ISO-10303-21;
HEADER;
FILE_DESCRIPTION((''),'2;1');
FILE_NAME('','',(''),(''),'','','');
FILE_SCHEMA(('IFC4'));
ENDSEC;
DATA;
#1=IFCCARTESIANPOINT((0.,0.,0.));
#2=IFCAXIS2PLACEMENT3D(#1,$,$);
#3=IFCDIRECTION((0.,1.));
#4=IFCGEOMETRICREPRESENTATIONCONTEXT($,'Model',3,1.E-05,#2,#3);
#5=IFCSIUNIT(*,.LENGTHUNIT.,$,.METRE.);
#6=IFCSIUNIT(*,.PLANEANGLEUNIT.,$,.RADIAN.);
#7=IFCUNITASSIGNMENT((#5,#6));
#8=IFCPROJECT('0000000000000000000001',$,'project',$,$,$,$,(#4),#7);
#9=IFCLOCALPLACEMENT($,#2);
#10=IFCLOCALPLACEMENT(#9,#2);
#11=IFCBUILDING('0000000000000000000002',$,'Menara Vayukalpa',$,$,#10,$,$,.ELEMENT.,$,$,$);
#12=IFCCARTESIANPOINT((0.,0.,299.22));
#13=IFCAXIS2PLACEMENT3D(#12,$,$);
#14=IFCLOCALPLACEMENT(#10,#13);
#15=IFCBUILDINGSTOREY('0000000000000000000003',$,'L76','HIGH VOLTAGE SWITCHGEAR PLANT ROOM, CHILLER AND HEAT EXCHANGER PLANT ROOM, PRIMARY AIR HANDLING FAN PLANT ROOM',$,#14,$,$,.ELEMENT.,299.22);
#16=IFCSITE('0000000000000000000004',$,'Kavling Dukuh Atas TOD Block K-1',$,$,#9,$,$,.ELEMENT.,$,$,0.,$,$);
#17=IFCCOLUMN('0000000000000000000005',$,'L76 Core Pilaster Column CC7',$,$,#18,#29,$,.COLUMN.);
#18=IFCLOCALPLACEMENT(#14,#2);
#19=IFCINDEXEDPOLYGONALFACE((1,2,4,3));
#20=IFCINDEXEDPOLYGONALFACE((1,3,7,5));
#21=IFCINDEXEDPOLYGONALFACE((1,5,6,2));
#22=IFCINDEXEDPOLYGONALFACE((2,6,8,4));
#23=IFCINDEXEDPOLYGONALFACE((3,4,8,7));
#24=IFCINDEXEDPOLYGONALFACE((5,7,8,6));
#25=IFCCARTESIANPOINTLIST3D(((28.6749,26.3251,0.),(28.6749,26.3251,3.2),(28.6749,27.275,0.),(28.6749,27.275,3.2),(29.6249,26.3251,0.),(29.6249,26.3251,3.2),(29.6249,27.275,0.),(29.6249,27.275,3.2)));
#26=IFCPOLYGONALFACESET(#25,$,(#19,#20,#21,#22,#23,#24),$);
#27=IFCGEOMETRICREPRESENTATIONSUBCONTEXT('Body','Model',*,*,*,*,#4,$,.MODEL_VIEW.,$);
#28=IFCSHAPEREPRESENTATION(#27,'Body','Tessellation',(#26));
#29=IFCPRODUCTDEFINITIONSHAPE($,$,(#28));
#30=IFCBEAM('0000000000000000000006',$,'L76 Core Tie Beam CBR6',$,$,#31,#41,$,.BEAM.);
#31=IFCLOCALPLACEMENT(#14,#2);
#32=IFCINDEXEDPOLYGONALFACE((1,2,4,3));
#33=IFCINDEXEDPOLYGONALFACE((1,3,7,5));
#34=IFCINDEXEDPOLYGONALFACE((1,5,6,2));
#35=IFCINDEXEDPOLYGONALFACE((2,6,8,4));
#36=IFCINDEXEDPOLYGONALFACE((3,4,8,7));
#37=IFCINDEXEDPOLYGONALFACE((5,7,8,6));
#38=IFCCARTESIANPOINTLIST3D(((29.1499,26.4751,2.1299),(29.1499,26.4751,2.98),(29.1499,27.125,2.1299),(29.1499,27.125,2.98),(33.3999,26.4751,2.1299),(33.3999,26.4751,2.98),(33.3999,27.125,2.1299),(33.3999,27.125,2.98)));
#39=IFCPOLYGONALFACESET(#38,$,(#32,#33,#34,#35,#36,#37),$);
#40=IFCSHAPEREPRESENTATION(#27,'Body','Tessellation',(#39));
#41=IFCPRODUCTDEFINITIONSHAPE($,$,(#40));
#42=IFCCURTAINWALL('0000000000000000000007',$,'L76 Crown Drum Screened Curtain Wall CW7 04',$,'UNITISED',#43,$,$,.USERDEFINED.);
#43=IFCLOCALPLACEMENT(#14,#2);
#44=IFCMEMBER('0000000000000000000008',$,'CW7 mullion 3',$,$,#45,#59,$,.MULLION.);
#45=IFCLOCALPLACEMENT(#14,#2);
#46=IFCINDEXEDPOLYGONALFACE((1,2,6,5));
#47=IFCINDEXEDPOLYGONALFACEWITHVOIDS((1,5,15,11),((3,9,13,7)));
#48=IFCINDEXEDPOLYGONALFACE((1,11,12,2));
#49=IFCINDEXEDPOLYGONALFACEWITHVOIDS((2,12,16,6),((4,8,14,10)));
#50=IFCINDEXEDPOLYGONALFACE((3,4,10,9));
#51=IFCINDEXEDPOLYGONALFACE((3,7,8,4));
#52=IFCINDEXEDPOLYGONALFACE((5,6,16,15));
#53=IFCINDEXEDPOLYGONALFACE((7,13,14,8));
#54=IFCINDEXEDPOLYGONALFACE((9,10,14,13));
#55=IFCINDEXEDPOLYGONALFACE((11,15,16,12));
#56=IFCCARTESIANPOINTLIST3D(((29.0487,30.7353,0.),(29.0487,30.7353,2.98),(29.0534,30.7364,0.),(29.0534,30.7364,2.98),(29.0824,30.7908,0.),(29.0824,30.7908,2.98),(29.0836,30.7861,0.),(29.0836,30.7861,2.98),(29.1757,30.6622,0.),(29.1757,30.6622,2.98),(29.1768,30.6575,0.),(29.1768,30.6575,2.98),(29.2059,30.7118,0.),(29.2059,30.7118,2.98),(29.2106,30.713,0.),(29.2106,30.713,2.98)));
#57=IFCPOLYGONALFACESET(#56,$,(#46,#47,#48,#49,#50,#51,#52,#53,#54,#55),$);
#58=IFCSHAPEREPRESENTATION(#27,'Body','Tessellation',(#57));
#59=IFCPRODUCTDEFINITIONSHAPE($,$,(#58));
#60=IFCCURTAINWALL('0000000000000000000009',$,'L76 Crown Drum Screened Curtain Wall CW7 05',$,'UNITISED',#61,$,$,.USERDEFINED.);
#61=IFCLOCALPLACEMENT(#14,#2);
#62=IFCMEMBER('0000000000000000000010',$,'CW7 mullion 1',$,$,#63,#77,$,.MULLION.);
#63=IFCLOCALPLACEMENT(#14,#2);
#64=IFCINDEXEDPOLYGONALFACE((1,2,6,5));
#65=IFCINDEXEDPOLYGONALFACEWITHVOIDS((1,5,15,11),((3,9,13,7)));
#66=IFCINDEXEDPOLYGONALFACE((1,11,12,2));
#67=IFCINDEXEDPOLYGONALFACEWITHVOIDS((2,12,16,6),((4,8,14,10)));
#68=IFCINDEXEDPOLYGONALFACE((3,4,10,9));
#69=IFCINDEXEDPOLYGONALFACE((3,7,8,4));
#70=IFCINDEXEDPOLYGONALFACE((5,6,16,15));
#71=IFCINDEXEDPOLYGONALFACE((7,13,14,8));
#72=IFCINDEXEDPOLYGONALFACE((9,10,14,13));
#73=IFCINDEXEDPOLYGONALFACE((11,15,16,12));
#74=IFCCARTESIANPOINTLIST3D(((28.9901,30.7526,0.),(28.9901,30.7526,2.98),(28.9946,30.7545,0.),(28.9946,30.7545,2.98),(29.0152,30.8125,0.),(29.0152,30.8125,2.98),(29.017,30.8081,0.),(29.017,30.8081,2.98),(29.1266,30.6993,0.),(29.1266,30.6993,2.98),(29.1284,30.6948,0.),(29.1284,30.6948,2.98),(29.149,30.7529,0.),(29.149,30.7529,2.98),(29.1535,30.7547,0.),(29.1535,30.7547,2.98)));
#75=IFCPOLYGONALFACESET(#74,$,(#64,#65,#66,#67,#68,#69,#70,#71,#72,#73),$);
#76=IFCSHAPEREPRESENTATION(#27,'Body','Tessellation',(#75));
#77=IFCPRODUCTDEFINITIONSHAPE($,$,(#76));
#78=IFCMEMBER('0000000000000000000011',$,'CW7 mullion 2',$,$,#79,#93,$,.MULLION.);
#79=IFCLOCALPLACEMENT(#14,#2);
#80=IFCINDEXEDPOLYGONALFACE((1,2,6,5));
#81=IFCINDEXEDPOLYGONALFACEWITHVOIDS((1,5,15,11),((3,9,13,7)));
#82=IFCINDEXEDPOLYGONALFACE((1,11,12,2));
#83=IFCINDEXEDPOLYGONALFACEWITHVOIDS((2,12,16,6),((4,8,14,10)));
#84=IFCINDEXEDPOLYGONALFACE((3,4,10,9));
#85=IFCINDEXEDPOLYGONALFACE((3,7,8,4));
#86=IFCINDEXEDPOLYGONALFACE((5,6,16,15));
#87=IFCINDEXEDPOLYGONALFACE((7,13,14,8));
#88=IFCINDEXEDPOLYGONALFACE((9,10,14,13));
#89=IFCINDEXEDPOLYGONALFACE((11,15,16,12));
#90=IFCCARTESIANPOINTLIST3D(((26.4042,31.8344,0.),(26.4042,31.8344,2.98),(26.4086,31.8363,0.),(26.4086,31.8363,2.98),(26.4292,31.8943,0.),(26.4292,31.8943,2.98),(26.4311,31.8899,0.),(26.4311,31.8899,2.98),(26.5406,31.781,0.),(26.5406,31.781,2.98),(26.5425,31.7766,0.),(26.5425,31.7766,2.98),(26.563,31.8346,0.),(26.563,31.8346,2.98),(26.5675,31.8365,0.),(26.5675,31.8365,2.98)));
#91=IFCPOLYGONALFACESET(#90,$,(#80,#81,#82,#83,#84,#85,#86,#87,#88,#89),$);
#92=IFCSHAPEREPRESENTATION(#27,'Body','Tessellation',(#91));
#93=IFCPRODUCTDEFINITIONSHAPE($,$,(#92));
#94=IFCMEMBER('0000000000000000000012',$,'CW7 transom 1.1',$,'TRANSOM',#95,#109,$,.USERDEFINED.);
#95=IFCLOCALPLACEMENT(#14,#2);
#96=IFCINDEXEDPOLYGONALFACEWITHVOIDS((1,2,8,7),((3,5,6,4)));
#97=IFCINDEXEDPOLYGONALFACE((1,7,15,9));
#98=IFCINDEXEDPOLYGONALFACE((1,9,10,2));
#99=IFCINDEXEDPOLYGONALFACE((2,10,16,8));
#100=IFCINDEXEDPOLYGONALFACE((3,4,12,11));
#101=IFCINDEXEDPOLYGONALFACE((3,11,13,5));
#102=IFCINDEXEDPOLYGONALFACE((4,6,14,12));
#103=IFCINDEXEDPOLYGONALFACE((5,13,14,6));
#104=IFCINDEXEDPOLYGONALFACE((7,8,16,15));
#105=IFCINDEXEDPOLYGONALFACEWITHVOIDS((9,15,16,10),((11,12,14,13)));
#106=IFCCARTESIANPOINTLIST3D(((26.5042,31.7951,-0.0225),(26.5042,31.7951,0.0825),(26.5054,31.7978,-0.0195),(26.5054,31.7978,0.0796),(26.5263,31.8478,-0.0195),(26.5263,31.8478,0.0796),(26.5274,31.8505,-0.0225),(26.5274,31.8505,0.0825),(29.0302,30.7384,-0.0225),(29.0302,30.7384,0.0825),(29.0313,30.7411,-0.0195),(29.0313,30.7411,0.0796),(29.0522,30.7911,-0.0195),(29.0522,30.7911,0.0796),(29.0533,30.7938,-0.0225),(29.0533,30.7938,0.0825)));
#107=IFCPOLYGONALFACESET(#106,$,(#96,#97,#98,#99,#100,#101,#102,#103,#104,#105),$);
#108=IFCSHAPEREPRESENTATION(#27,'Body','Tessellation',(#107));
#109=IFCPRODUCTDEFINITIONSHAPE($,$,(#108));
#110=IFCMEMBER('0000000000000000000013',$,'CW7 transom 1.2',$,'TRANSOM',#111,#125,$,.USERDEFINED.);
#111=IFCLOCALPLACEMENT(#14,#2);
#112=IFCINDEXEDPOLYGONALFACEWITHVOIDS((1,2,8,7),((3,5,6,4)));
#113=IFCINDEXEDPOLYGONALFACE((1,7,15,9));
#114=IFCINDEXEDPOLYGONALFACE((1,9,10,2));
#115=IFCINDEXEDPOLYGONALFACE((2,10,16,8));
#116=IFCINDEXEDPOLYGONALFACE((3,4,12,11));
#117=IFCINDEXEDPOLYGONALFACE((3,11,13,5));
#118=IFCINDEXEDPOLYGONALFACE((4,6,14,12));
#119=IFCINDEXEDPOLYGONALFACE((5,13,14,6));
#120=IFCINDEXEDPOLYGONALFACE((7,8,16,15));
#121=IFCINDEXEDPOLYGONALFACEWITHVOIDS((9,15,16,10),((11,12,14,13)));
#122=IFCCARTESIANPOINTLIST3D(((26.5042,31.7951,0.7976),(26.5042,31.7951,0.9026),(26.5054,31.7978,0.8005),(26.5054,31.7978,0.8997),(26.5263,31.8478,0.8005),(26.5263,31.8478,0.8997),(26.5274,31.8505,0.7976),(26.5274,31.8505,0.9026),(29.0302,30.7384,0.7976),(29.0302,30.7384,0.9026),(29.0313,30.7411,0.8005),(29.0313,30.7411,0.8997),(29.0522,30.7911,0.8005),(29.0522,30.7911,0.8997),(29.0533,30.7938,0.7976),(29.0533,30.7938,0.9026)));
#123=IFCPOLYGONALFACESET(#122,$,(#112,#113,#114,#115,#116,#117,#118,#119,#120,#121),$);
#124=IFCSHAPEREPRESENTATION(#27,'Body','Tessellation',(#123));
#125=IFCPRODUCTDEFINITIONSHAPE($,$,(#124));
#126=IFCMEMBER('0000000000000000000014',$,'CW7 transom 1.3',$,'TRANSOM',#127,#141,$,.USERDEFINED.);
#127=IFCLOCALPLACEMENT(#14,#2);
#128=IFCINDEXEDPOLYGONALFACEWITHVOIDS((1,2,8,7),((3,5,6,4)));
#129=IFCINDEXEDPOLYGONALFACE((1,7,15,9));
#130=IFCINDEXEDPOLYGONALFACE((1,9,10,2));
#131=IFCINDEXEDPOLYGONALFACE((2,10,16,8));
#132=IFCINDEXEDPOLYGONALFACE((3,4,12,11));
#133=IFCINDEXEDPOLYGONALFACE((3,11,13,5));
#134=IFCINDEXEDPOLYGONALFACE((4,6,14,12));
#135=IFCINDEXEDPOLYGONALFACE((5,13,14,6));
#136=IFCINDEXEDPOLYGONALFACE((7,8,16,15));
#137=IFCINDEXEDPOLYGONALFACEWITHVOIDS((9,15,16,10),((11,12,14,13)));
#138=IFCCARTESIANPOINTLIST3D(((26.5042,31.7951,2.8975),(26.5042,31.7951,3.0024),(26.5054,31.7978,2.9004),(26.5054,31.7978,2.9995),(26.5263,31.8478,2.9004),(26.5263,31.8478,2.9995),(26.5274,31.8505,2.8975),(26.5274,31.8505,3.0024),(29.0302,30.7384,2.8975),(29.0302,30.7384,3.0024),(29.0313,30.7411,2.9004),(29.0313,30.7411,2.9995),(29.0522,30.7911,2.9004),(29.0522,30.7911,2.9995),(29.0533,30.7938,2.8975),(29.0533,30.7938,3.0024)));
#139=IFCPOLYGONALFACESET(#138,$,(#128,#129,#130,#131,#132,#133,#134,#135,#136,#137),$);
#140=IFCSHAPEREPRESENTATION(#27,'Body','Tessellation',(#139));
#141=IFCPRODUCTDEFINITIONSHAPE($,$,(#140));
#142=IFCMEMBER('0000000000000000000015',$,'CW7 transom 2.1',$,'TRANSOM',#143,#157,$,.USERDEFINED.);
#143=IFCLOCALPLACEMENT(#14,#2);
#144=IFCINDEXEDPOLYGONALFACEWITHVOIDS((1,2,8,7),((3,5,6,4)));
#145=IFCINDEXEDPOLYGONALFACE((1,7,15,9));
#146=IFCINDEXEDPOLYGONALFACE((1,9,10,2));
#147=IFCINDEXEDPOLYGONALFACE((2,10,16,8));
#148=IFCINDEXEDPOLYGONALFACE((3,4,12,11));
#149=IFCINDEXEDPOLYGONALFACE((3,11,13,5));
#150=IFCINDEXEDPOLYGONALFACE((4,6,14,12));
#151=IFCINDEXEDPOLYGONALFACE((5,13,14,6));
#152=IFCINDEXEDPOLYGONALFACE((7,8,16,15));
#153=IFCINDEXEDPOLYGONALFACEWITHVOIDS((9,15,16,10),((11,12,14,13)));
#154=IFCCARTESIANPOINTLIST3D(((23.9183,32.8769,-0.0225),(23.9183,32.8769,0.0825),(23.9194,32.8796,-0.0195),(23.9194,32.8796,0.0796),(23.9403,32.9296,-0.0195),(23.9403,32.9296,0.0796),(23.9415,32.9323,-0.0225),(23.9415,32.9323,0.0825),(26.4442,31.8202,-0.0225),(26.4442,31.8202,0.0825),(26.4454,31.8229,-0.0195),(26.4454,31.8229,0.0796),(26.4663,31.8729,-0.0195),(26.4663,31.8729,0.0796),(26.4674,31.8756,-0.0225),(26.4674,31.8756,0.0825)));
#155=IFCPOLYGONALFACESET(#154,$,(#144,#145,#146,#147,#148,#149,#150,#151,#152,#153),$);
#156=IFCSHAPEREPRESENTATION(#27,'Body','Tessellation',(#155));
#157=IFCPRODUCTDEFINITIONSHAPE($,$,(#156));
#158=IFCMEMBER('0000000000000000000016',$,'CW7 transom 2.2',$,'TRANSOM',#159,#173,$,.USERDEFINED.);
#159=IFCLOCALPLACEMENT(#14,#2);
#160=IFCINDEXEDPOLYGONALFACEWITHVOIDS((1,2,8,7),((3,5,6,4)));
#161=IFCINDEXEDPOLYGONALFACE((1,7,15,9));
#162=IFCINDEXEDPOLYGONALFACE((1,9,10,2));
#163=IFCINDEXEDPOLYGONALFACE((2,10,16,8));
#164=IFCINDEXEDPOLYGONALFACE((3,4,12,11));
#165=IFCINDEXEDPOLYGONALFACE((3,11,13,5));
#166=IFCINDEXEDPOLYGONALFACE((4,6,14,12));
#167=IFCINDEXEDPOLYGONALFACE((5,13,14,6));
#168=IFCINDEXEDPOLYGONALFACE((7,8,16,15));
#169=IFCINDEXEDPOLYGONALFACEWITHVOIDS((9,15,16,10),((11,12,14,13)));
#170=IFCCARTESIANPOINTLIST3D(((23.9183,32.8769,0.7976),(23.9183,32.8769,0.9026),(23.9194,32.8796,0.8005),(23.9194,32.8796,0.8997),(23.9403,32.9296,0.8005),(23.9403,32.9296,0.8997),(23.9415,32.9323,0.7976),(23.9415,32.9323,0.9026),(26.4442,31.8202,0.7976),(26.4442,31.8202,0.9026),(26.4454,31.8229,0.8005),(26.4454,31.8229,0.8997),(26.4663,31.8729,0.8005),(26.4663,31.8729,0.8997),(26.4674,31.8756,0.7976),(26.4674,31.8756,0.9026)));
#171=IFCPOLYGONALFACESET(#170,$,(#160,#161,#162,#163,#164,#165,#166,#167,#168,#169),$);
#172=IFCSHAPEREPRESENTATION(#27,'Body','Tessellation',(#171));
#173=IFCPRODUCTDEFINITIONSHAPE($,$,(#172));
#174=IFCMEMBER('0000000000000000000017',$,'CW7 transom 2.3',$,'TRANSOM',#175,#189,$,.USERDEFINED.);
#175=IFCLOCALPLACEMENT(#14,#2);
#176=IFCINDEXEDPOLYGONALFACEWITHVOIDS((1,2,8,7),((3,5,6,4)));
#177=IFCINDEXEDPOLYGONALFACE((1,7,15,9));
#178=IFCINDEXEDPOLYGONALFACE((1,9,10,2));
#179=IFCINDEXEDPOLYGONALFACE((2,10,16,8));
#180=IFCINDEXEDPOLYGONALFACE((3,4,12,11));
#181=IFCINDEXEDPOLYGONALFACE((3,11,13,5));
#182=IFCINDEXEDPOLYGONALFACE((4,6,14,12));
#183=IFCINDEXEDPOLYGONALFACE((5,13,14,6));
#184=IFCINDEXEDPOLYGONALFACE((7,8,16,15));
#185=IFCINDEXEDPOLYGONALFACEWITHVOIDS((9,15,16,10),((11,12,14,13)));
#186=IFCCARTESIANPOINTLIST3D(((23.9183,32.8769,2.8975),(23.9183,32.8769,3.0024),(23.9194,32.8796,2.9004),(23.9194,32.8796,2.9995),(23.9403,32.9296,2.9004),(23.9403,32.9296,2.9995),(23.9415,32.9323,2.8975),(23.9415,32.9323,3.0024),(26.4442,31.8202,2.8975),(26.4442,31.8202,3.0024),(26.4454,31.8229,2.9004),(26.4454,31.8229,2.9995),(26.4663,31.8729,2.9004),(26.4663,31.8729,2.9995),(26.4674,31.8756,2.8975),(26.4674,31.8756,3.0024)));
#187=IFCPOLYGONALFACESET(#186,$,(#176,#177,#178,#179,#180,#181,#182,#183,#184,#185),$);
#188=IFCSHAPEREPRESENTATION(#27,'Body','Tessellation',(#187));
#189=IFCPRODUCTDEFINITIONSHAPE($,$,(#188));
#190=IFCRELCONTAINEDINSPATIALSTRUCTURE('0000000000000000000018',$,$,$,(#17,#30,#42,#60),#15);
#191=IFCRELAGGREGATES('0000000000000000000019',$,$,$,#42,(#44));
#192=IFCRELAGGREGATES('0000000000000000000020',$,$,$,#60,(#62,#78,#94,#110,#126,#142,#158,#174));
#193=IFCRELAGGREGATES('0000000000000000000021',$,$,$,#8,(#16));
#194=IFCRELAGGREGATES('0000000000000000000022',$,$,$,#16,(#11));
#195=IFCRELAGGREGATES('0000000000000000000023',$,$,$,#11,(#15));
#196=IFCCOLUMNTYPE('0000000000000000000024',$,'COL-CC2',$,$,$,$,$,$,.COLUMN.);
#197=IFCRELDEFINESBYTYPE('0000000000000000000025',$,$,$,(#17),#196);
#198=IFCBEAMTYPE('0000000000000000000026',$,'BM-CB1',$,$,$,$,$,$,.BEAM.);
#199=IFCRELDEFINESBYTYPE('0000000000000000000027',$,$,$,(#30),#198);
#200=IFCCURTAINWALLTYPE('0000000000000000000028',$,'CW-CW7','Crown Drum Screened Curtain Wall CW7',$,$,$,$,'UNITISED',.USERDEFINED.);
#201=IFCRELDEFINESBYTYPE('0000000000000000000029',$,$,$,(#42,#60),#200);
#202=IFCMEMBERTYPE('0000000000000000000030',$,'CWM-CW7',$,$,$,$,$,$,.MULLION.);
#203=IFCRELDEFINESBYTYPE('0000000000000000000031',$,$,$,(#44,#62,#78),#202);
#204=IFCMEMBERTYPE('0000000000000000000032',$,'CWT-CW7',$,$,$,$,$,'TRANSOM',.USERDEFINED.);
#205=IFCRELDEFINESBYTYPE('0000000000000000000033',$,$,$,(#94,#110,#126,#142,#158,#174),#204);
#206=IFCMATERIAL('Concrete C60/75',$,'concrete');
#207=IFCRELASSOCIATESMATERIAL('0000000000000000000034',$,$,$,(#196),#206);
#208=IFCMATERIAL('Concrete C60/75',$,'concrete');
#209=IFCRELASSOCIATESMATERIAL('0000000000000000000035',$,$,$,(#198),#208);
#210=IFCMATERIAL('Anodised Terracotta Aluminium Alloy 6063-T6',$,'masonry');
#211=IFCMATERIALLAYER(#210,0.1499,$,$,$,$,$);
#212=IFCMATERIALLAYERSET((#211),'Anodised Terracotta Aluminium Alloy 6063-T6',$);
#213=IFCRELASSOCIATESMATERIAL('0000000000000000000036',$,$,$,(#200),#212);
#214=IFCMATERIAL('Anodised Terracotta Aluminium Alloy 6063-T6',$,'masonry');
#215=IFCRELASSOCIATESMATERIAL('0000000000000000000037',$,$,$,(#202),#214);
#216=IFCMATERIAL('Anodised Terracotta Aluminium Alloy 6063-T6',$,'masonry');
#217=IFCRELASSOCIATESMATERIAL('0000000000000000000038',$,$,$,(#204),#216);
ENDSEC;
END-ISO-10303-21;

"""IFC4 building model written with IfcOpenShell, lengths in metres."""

from ifc_helpers import new_model, si_unit, direction, frame, origin, origin_2d, place, context, subcontext, project, spatial, rectangle, hollow_rectangle, extrude, material, layer, layer_set, material_profile, profile_set, type_object, element, aggregate, save


model = new_model("IFC4")

# Units and contexts
model_context = context("Model", 3, precision=1e-05, world=origin(), true_north=direction((0.0, 1.0)))
body_context = subcontext(model_context, "Body", "Model", "MODEL_VIEW")
ifc_project = project(units=[si_unit("LENGTHUNIT", "METRE"), si_unit("PLANEANGLEUNIT", "RADIAN")], contexts=[model_context])

# Site, building, storey
site_placement = place(None, origin())
site = spatial("IfcSite", under=ifc_project, at=site_placement, Name="Kavling Dukuh Atas TOD Block K-1", CompositionType="ELEMENT", RefElevation=0.0)
building_placement = place(site_placement, origin())
building = spatial("IfcBuilding", under=site, at=building_placement, Name="Menara Vayukalpa", CompositionType="ELEMENT")
storey_placement = place(building_placement, frame((0.0, 0.0, 299.22)))
storey = spatial("IfcBuildingStorey", under=building, at=storey_placement, Name="L76", Description="HIGH VOLTAGE SWITCHGEAR PLANT ROOM, CHILLER AND HEAT EXCHANGER PLANT ROOM, PRIMARY AIR HANDLING FAN PLANT ROOM", CompositionType="ELEMENT", Elevation=299.22)

# Column
ifc_material_1 = material(Name="Concrete C60/75", Category="concrete")
ifc_material_profile_1 = material_profile(ifc_material_1, rectangle(XDim=0.95, YDim=0.95, at=origin_2d()), Name="RC 950x950")
ifc_profile_set_1 = profile_set([ifc_material_profile_1], Name="Concrete C60/75")
column_type = type_object("IfcColumnType", Name="COL-CC2", PredefinedType="COLUMN", material=ifc_profile_set_1)
column_placement = place(storey_placement, frame((29.1499, 26.8, 0.0), z_axis=(0.0, 0.0, 1.0), x_axis=(1.0, 0.0, 0.0)))
element("IfcColumn", 1, at=column_placement, inside=storey, type_object=column_type, Name="L76 Core Pilaster Column CC7", PredefinedType="COLUMN", context=body_context, shape_type="SweptSolid", body=[
    extrude(rectangle(XDim=0.95, YDim=0.95, at=origin_2d()), origin(), (0.0, 0.0, 1.0), 3.2),
])

# Beam
ifc_material_2 = material(Name="Concrete C60/75", Category="concrete")
ifc_material_profile_2 = material_profile(ifc_material_2, rectangle(XDim=0.6499, YDim=0.8501, at=origin_2d()), Name="RC 650x850")
ifc_profile_set_2 = profile_set([ifc_material_profile_2], Name="Concrete C60/75")
beam_type = type_object("IfcBeamType", Name="BM-CB1", PredefinedType="BEAM", material=ifc_profile_set_2)
beam_placement = place(storey_placement, frame((29.1499, 26.8, 2.5549), z_axis=(1.0, 0.0, 0.0), x_axis=(0.0, 1.0, 0.0)))
element("IfcBeam", 2, at=beam_placement, inside=storey, type_object=beam_type, Name="L76 Core Tie Beam CBR6", PredefinedType="BEAM", context=body_context, shape_type="SweptSolid", body=[
    extrude(rectangle(XDim=0.6499, YDim=0.8501, at=origin_2d()), origin(), (0.0, 0.0, 1.0), 4.25),
])

# Curtain wall, member
ifc_material_3 = material(Name="Anodised Terracotta Aluminium Alloy 6063-T6", Category="masonry")
ifc_layer_1 = layer(ifc_material_3, 0.1499)
ifc_layer_set_1 = layer_set([ifc_layer_1], Name="Anodised Terracotta Aluminium Alloy 6063-T6")
curtain_wall_type = type_object("IfcCurtainWallType", Name="CW-CW7", Description="Crown Drum Screened Curtain Wall CW7", ElementType="UNITISED", PredefinedType="USERDEFINED", material=ifc_layer_set_1)
curtain_wall_1_placement = place(storey_placement, origin())
curtain_wall_1 = element("IfcCurtainWall", 3, at=curtain_wall_1_placement, inside=storey, type_object=curtain_wall_type, Name="L76 Crown Drum Screened Curtain Wall CW7 04", ObjectType="UNITISED", PredefinedType="USERDEFINED")
ifc_material_4 = material(Name="Anodised Terracotta Aluminium Alloy 6063-T6", Category="masonry")
ifc_material_profile_3 = material_profile(ifc_material_4, hollow_rectangle(XDim=0.0649, YDim=0.1499, WallThickness=0.0034, at=origin_2d()), Name="ALU 65x150x3.5")
ifc_profile_set_3 = profile_set([ifc_material_profile_3], Name="Anodised Terracotta Aluminium Alloy 6063-T6")
member_type_1 = type_object("IfcMemberType", Name="CWM-CW7", PredefinedType="MULLION", material=ifc_profile_set_3)
member_1_placement = place(storey_placement, frame((29.1296, 30.7241, 0.0), z_axis=(0.0, 0.0, 1.0), x_axis=(-0.519176, -0.854667, 0.0)))
member_1 = element("IfcMember", 4, at=member_1_placement, type_object=member_type_1, Name="CW7 mullion 3", PredefinedType="MULLION", context=body_context, shape_type="SweptSolid", body=[
    extrude(hollow_rectangle(XDim=0.0649, YDim=0.1499, WallThickness=0.0034, at=origin_2d()), origin(), (0.0, 0.0, 1.0), 2.98),
])

# Curtain wall, members
curtain_wall_2_placement = place(storey_placement, origin())
curtain_wall_2 = element("IfcCurtainWall", 5, at=curtain_wall_2_placement, inside=storey, type_object=curtain_wall_type, Name="L76 Crown Drum Screened Curtain Wall CW7 05", ObjectType="UNITISED", PredefinedType="USERDEFINED")
member_2_placement = place(storey_placement, frame((29.0718, 30.7537, 0.0), z_axis=(0.0, 0.0, 1.0), x_axis=(-0.385898, -0.922541, 0.0)))
member_2 = element("IfcMember", 6, at=member_2_placement, type_object=member_type_1, Name="CW7 mullion 1", PredefinedType="MULLION", context=body_context, shape_type="SweptSolid", body=[
    extrude(hollow_rectangle(XDim=0.0649, YDim=0.1499, WallThickness=0.0034, at=origin_2d()), origin(), (0.0, 0.0, 1.0), 2.98),
])
member_3_placement = place(storey_placement, frame((26.4858, 31.8354, 0.0), z_axis=(0.0, 0.0, 1.0), x_axis=(-0.385898, -0.922541, 0.0)))
member_3 = element("IfcMember", 7, at=member_3_placement, type_object=member_type_1, Name="CW7 mullion 2", PredefinedType="MULLION", context=body_context, shape_type="SweptSolid", body=[
    extrude(hollow_rectangle(XDim=0.0649, YDim=0.1499, WallThickness=0.0034, at=origin_2d()), origin(), (0.0, 0.0, 1.0), 2.98),
])
ifc_material_5 = material(Name="Anodised Terracotta Aluminium Alloy 6063-T6", Category="masonry")
ifc_material_profile_4 = material_profile(ifc_material_5, hollow_rectangle(XDim=0.0601, YDim=0.105, WallThickness=0.0029, at=origin_2d()), Name="ALU 60x105x3")
ifc_profile_set_4 = profile_set([ifc_material_profile_4], Name="Anodised Terracotta Aluminium Alloy 6063-T6")
member_type_2 = type_object("IfcMemberType", Name="CWT-CW7", ElementType="TRANSOM", PredefinedType="USERDEFINED", material=ifc_profile_set_4)
member_4_placement = place(storey_placement, frame((29.0417, 30.7661, 0.03), z_axis=(-0.922533, 0.385919, 0.0), x_axis=(-0.385919, -0.922533, 0.0)))
member_4 = element("IfcMember", 8, at=member_4_placement, type_object=member_type_2, Name="CW7 transom 1.1", ObjectType="TRANSOM", PredefinedType="USERDEFINED", context=body_context, shape_type="SweptSolid", body=[
    extrude(hollow_rectangle(XDim=0.0601, YDim=0.105, WallThickness=0.0029, at=origin_2d()), origin(), (0.0, 0.0, 1.0), 2.738),
])
member_5_placement = place(storey_placement, frame((29.0417, 30.7661, 0.8501), z_axis=(-0.922533, 0.385919, 0.0), x_axis=(-0.385919, -0.922533, 0.0)))
member_5 = element("IfcMember", 9, at=member_5_placement, type_object=member_type_2, Name="CW7 transom 1.2", ObjectType="TRANSOM", PredefinedType="USERDEFINED", context=body_context, shape_type="SweptSolid", body=[
    extrude(hollow_rectangle(XDim=0.0601, YDim=0.105, WallThickness=0.0029, at=origin_2d()), origin(), (0.0, 0.0, 1.0), 2.738),
])
member_6_placement = place(storey_placement, frame((29.0417, 30.7661, 2.95), z_axis=(-0.922533, 0.385919, 0.0), x_axis=(-0.385919, -0.922533, 0.0)))
member_6 = element("IfcMember", 10, at=member_6_placement, type_object=member_type_2, Name="CW7 transom 1.3", ObjectType="TRANSOM", PredefinedType="USERDEFINED", context=body_context, shape_type="SweptSolid", body=[
    extrude(hollow_rectangle(XDim=0.0601, YDim=0.105, WallThickness=0.0029, at=origin_2d()), origin(), (0.0, 0.0, 1.0), 2.738),
])
member_7_placement = place(storey_placement, frame((26.4558, 31.8479, 0.03), z_axis=(-0.922533, 0.385919, 0.0), x_axis=(-0.385919, -0.922533, 0.0)))
member_7 = element("IfcMember", 11, at=member_7_placement, type_object=member_type_2, Name="CW7 transom 2.1", ObjectType="TRANSOM", PredefinedType="USERDEFINED", context=body_context, shape_type="SweptSolid", body=[
    extrude(hollow_rectangle(XDim=0.0601, YDim=0.105, WallThickness=0.0029, at=origin_2d()), origin(), (0.0, 0.0, 1.0), 2.738),
])
member_8_placement = place(storey_placement, frame((26.4558, 31.8479, 0.8501), z_axis=(-0.922533, 0.385919, 0.0), x_axis=(-0.385919, -0.922533, 0.0)))
member_8 = element("IfcMember", 12, at=member_8_placement, type_object=member_type_2, Name="CW7 transom 2.2", ObjectType="TRANSOM", PredefinedType="USERDEFINED", context=body_context, shape_type="SweptSolid", body=[
    extrude(hollow_rectangle(XDim=0.0601, YDim=0.105, WallThickness=0.0029, at=origin_2d()), origin(), (0.0, 0.0, 1.0), 2.738),
])
member_9_placement = place(storey_placement, frame((26.4558, 31.8479, 2.95), z_axis=(-0.922533, 0.385919, 0.0), x_axis=(-0.385919, -0.922533, 0.0)))
member_9 = element("IfcMember", 13, at=member_9_placement, type_object=member_type_2, Name="CW7 transom 2.3", ObjectType="TRANSOM", PredefinedType="USERDEFINED", context=body_context, shape_type="SweptSolid", body=[
    extrude(hollow_rectangle(XDim=0.0601, YDim=0.105, WallThickness=0.0029, at=origin_2d()), origin(), (0.0, 0.0, 1.0), 2.738),
])

aggregate(curtain_wall_1, [member_1])
aggregate(curtain_wall_2, [member_2, member_3, member_4, member_5, member_6, member_7, member_8, member_9])

save(model, "model.ifc")
